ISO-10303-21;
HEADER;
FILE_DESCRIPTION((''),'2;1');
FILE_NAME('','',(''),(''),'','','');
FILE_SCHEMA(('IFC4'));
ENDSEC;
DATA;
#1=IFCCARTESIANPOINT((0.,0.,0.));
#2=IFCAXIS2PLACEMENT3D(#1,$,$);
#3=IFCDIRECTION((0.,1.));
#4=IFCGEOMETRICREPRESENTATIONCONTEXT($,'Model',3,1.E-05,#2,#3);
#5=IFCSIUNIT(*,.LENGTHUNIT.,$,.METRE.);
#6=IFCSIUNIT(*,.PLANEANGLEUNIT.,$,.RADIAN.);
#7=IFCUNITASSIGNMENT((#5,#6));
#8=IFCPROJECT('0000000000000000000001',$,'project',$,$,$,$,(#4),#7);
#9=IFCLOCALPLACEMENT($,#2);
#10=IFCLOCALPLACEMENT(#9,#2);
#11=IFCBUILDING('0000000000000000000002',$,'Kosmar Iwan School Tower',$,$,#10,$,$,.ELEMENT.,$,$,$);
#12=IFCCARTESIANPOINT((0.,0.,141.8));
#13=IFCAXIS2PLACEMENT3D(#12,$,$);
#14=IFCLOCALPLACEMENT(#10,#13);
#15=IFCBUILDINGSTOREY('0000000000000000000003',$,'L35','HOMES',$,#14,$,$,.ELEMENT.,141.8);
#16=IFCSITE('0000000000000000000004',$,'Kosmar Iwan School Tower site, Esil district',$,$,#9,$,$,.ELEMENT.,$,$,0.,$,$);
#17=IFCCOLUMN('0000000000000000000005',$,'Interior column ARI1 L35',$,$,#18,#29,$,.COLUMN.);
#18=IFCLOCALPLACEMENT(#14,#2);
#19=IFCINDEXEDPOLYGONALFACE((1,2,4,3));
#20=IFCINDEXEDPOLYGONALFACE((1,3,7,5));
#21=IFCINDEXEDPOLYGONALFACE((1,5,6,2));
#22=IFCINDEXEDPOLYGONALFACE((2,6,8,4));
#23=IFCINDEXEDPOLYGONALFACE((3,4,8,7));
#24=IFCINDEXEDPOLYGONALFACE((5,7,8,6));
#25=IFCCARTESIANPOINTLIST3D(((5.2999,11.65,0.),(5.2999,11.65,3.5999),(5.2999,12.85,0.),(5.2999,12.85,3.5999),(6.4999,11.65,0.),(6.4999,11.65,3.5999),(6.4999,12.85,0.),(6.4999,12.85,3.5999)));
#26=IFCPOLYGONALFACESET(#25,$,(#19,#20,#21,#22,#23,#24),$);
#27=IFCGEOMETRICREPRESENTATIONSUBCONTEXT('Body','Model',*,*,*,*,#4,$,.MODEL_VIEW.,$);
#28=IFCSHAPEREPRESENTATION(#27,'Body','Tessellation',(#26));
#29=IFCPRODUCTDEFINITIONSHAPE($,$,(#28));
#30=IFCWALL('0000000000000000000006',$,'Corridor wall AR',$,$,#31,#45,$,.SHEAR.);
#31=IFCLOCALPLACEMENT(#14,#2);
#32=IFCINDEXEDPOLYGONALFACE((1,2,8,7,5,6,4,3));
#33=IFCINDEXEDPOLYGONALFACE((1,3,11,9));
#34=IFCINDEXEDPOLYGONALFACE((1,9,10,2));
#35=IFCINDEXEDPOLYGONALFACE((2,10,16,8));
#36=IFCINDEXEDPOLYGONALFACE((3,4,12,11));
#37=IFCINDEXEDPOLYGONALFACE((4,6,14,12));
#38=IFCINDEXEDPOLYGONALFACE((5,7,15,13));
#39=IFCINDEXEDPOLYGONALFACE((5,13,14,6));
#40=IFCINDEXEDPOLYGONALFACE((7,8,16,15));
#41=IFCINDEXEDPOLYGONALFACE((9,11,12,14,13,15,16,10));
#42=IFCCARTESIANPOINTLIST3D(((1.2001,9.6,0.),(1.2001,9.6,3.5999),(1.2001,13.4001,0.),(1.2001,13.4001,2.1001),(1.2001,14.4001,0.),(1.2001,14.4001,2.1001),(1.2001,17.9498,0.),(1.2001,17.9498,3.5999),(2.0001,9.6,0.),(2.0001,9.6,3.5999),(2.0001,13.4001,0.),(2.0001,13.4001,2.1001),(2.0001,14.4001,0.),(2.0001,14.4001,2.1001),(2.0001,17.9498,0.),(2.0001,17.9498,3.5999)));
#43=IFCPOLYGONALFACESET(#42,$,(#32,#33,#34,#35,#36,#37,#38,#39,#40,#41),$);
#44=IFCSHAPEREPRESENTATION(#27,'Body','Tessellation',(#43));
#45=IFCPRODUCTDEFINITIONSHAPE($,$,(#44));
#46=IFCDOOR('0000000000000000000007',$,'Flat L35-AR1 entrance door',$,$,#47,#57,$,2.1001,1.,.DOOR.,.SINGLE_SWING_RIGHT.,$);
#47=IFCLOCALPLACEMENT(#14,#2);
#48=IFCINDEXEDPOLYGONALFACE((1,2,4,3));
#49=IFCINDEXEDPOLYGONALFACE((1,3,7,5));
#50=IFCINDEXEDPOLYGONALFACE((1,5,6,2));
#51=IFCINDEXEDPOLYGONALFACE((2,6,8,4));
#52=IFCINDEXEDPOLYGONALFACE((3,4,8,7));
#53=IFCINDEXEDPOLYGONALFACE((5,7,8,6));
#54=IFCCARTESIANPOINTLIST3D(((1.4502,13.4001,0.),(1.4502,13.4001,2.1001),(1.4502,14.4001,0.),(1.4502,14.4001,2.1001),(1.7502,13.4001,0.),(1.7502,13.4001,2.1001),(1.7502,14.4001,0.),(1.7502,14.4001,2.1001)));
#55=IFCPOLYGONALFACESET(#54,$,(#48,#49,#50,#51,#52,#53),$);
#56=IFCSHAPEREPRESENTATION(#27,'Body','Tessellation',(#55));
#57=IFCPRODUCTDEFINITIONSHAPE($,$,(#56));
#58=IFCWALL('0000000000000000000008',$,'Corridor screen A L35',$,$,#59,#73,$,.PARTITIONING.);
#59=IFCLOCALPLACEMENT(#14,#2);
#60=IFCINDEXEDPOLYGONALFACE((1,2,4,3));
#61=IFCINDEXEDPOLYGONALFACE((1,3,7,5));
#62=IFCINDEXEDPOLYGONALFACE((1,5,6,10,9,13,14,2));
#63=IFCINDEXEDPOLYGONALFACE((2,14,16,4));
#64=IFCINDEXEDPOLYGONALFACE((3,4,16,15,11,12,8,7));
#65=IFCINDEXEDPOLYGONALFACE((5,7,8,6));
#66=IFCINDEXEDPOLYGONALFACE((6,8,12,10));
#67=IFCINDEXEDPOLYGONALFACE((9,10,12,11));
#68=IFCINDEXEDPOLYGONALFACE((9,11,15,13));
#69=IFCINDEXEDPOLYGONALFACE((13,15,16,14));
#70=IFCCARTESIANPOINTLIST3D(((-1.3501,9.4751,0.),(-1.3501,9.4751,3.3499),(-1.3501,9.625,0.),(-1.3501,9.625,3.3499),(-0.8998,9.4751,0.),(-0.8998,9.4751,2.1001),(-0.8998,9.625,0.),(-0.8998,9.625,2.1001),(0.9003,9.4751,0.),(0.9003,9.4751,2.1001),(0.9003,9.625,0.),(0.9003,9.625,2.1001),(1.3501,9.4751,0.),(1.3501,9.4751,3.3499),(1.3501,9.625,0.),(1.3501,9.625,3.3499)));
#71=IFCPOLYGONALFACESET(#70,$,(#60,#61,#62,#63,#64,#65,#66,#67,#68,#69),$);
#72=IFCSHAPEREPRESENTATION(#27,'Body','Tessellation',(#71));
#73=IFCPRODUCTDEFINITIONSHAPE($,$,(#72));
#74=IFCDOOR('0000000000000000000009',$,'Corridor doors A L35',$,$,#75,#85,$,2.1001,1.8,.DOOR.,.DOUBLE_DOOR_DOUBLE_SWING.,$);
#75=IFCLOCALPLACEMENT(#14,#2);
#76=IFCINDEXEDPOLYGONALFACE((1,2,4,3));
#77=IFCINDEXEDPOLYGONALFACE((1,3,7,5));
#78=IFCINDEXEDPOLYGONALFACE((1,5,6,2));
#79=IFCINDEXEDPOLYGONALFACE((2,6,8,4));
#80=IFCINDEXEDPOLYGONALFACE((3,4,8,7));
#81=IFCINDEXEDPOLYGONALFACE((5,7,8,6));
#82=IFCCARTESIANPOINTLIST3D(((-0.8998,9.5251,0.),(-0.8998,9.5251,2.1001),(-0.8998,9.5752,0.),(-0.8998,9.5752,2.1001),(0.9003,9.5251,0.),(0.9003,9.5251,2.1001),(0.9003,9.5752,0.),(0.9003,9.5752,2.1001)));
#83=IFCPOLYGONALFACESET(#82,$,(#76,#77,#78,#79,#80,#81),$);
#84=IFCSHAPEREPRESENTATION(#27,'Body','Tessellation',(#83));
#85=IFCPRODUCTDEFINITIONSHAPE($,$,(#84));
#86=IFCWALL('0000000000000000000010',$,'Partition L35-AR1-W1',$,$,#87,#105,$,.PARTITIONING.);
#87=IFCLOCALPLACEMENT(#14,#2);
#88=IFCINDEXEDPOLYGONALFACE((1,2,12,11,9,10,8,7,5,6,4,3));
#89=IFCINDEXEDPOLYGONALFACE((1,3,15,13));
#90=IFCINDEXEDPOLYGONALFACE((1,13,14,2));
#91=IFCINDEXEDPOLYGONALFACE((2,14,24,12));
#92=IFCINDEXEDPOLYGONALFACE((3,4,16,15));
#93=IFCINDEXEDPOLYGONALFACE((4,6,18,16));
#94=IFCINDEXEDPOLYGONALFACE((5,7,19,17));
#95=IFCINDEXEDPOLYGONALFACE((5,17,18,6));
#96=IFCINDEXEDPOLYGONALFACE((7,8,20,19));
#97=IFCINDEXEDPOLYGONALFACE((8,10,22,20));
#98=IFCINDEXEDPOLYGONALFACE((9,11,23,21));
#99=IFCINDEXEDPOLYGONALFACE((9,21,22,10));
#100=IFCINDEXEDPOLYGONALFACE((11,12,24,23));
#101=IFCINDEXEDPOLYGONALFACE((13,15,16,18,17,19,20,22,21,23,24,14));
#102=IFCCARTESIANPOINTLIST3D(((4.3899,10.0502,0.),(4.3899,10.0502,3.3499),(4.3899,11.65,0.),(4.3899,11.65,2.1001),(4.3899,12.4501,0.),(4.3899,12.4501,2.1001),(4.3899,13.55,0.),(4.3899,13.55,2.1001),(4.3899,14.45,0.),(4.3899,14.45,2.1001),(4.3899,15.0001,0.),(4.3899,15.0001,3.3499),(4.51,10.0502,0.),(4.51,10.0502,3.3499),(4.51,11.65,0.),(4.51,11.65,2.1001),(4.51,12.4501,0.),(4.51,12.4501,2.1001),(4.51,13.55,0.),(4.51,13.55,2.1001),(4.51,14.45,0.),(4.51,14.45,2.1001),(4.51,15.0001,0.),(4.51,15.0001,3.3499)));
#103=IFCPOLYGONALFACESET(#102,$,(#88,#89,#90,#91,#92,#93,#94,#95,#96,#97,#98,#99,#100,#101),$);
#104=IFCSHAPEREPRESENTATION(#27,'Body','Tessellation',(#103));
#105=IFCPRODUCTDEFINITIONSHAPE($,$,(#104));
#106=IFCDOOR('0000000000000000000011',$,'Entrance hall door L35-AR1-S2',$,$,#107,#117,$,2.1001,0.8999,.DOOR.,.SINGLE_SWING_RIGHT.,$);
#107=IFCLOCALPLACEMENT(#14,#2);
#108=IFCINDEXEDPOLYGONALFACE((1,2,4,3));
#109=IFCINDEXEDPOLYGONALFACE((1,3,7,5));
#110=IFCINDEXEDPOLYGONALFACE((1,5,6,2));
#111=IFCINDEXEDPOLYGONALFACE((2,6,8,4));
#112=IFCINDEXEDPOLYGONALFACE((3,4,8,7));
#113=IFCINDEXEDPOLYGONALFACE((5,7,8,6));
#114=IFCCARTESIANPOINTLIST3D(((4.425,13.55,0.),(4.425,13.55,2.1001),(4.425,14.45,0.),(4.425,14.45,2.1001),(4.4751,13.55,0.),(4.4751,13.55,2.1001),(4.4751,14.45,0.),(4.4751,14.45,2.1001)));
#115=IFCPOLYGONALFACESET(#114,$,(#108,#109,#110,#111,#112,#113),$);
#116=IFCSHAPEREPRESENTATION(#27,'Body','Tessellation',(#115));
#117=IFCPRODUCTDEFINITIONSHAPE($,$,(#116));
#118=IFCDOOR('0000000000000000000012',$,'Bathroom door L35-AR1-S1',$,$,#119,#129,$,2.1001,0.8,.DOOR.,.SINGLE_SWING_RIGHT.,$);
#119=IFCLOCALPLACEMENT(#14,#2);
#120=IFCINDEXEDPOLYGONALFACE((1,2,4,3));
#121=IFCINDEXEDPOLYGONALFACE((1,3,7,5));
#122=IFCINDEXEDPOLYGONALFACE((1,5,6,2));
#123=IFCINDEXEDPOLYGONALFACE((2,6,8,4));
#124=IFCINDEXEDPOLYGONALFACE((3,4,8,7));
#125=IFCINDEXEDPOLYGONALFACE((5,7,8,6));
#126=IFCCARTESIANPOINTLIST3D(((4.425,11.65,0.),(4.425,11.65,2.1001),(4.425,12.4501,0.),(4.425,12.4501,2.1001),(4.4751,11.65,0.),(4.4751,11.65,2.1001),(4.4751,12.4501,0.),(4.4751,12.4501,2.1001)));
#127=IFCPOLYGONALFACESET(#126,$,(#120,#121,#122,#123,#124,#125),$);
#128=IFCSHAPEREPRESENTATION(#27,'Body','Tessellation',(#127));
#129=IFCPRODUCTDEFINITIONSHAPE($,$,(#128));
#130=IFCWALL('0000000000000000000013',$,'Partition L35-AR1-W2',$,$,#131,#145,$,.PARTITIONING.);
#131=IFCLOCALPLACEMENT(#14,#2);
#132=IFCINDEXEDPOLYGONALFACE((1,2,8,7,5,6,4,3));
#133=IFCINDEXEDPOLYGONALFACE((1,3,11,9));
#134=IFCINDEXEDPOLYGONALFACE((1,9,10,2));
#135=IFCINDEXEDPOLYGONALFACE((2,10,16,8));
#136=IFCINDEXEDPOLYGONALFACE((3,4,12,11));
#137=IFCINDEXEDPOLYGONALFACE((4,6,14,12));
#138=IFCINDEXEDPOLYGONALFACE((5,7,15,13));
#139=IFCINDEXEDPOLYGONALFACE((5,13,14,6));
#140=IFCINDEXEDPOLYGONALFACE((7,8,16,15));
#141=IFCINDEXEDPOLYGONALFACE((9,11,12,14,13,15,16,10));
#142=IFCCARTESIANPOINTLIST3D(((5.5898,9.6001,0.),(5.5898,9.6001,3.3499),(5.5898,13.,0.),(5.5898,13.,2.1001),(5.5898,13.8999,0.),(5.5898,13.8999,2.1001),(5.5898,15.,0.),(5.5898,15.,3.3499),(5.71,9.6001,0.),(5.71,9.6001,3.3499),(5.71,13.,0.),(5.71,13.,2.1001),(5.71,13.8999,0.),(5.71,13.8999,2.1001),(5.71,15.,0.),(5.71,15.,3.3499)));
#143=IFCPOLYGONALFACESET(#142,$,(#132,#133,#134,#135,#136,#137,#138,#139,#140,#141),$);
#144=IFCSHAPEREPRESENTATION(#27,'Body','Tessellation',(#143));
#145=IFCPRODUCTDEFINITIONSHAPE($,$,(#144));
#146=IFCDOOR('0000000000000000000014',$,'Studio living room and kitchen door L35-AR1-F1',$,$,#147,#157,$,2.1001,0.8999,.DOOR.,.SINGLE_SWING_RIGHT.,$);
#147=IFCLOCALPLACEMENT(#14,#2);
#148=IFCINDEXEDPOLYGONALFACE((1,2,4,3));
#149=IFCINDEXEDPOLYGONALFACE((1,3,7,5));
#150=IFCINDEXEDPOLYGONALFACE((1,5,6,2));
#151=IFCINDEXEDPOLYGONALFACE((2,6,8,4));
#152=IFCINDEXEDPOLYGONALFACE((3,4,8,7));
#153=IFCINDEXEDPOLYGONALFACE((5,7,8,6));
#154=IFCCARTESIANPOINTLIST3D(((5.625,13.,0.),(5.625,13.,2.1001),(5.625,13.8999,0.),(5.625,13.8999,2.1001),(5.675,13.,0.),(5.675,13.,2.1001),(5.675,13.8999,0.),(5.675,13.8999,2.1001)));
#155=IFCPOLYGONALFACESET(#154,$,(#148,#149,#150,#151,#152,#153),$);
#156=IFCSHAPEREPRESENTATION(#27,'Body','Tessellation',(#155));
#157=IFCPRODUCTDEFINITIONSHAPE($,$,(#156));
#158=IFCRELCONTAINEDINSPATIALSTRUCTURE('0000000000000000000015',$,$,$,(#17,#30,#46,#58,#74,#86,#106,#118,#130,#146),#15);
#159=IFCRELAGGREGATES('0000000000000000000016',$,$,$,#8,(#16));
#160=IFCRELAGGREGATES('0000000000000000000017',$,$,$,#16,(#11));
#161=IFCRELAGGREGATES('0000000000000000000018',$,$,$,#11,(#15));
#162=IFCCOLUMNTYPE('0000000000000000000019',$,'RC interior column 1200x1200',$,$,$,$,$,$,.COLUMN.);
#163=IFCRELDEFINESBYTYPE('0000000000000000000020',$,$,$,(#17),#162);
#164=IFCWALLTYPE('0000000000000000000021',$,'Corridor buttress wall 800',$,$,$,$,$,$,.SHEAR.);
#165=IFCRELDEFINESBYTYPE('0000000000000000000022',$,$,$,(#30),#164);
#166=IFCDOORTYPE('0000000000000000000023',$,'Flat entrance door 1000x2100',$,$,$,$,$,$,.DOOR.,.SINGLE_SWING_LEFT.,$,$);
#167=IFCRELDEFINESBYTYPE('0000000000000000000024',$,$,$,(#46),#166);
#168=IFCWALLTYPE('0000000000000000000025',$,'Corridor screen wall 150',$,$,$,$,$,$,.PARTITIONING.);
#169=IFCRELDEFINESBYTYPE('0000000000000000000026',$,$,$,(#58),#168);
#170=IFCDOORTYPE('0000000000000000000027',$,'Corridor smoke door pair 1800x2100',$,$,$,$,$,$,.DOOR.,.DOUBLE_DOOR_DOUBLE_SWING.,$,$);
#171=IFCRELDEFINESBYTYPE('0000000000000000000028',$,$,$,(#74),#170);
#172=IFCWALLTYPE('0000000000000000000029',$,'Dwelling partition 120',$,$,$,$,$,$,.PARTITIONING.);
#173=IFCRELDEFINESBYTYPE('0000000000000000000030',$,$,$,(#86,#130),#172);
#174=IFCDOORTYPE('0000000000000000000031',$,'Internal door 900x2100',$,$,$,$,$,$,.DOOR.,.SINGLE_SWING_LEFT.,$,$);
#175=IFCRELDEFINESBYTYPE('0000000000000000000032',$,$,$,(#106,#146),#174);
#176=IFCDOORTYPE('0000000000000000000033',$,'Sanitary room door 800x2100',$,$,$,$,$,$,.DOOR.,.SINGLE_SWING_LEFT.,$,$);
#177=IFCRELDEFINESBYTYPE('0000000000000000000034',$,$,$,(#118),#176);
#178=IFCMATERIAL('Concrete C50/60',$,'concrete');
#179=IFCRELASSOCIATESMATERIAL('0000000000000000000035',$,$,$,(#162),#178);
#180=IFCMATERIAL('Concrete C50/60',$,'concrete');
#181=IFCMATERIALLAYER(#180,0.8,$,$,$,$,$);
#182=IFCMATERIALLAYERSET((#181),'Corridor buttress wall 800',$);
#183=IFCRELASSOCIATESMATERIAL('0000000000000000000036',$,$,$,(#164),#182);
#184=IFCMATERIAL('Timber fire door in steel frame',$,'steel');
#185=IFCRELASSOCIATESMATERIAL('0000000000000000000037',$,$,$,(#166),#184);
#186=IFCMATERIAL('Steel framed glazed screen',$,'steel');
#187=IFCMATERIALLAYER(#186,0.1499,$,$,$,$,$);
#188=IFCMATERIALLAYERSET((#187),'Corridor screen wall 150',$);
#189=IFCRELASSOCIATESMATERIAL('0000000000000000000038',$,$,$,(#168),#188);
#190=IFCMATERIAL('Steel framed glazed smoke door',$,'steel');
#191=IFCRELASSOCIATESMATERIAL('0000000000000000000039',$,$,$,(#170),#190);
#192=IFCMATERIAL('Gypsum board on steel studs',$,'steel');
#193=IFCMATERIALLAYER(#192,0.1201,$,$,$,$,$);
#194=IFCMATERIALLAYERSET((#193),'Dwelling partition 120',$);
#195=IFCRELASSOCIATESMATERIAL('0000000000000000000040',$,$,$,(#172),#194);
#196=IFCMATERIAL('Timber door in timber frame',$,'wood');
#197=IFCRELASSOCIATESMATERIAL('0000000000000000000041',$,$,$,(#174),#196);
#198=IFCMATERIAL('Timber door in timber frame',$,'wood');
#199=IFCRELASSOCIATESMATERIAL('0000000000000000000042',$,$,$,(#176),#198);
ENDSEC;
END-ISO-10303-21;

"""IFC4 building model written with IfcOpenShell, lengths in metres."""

from ifc_helpers import new_model, si_unit, direction, frame, frame_2d, origin, origin_2d, place, context, subcontext, project, spatial, rectangle, extrude, material, layer, layer_set, material_profile, profile_set, type_object, element, fill, save


model = new_model("IFC4")

# Units and contexts
model_context = context("Model", 3, precision=1e-05, world=origin(), true_north=direction((0.0, 1.0)))
body_context = subcontext(model_context, "Body", "Model", "MODEL_VIEW")
ifc_project = project(units=[si_unit("LENGTHUNIT", "METRE"), si_unit("PLANEANGLEUNIT", "RADIAN")], contexts=[model_context])

# Site, building, storey
site_placement = place(None, origin())
site = spatial("IfcSite", under=ifc_project, at=site_placement, Name="Kosmar Iwan School Tower site, Esil district", CompositionType="ELEMENT", RefElevation=0.0)
building_placement = place(site_placement, origin())
building = spatial("IfcBuilding", under=site, at=building_placement, Name="Kosmar Iwan School Tower", CompositionType="ELEMENT")
storey_placement = place(building_placement, frame((0.0, 0.0, 141.8)))
storey = spatial("IfcBuildingStorey", under=building, at=storey_placement, Name="L35", Description="HOMES", CompositionType="ELEMENT", Elevation=141.8)

# Column
ifc_material_1 = material(Name="Concrete C50/60", Category="concrete")
ifc_material_profile = material_profile(ifc_material_1, rectangle(XDim=1.2, YDim=1.2, at=origin_2d()), Name="RC 1200x1200")
ifc_profile_set = profile_set([ifc_material_profile], Name="Concrete C50/60")
column_type = type_object("IfcColumnType", Name="RC interior column 1200x1200", PredefinedType="COLUMN", material=ifc_profile_set)
column_placement = place(storey_placement, frame((5.8999, 12.25, 0.0), z_axis=(0.0, 0.0, 1.0), x_axis=(0.0, 1.0, 0.0)))
element("IfcColumn", 1, at=column_placement, inside=storey, type_object=column_type, Name="Interior column ARI1 L35", PredefinedType="COLUMN", context=body_context, shape_type="SweptSolid", body=[
    extrude(rectangle(XDim=1.2, YDim=1.2, at=origin_2d()), origin(), (0.0, 0.0, 1.0), 3.5999),
])

# Walls, openings, doors
ifc_material_2 = material(Name="Concrete C50/60", Category="concrete")
ifc_layer_1 = layer(ifc_material_2, 0.8)
ifc_layer_set_1 = layer_set([ifc_layer_1], Name="Corridor buttress wall 800")
wall_type_1 = type_object("IfcWallType", Name="Corridor buttress wall 800", PredefinedType="SHEAR", material=ifc_layer_set_1)
wall_1_placement = place(storey_placement, frame((1.6001, 9.6001, 0.0), z_axis=(0.0, 0.0, 1.0), x_axis=(0.0, 1.0, 0.0)))
wall_1 = element("IfcWall", 2, at=wall_1_placement, inside=storey, type_object=wall_type_1, Name="Corridor wall AR", PredefinedType="SHEAR", context=body_context, shape_type="SweptSolid", body=[
    extrude(rectangle(XDim=8.3499, YDim=0.8, at=frame_2d((4.1748, 0.0))), origin(), (0.0, 0.0, 1.0), 3.5999),
])
opening_1_placement = place(wall_1_placement, frame((3.8, 0.0, 0.0)))
opening_1 = element("IfcOpeningElement", 3, at=opening_1_placement, cuts=wall_1, PredefinedType="OPENING", context=body_context, shape_type="SweptSolid", body=[
    extrude(rectangle(XDim=1.0, YDim=2.1001, at=frame_2d((0.5, 1.05))), frame((0.0, 0.4121, 0.0), z_axis=(0.0, -1.0, 0.0), x_axis=(1.0, 0.0, 0.0)), (0.0, 0.0, 1.0), 0.824),
])
ifc_material_3 = material(Name="Timber fire door in steel frame", Category="steel")
door_type_1 = type_object("IfcDoorType", Name="Flat entrance door 1000x2100", OperationType="SINGLE_SWING_LEFT", PredefinedType="DOOR", material=ifc_material_3)
door_1_placement = place(opening_1_placement, origin())
door_1 = element("IfcDoor", 4, at=door_1_placement, inside=storey, type_object=door_type_1, Name="Flat L35-AR1 entrance door", OperationType="SINGLE_SWING_RIGHT", OverallHeight=2.1001, OverallWidth=1.0, PredefinedType="DOOR", context=body_context, shape_type="SweptSolid", body=[
    extrude(rectangle(XDim=1.0, YDim=2.1001, at=frame_2d((0.5, 1.05))), frame((0.0, 0.1499, 0.0), z_axis=(0.0, -1.0, 0.0), x_axis=(1.0, 0.0, 0.0)), (0.0, 0.0, 1.0), 0.3),
])
fill(opening_1, door_1)
ifc_material_4 = material(Name="Steel framed glazed screen", Category="steel")
ifc_layer_2 = layer(ifc_material_4, 0.1499)
ifc_layer_set_2 = layer_set([ifc_layer_2], Name="Corridor screen wall 150")
wall_type_2 = type_object("IfcWallType", Name="Corridor screen wall 150", PredefinedType="PARTITIONING", material=ifc_layer_set_2)
wall_2_placement = place(storey_placement, frame((1.3501, 9.55, 0.0), z_axis=(0.0, 0.0, 1.0), x_axis=(-1.0, 0.0, 0.0)))
wall_2 = element("IfcWall", 5, at=wall_2_placement, inside=storey, type_object=wall_type_2, Name="Corridor screen A L35", PredefinedType="PARTITIONING", context=body_context, shape_type="SweptSolid", body=[
    extrude(rectangle(XDim=2.7002, YDim=0.1499, at=frame_2d((1.3501, 0.0))), origin(), (0.0, 0.0, 1.0), 3.3499),
])
opening_2_placement = place(wall_2_placement, frame((0.45, 0.0, 0.0)))
opening_2 = element("IfcOpeningElement", 6, at=opening_2_placement, cuts=wall_2, PredefinedType="OPENING", context=body_context, shape_type="SweptSolid", body=[
    extrude(rectangle(XDim=1.8, YDim=2.1001, at=frame_2d((0.8999, 1.05))), frame((0.0, 0.0869, 0.0), z_axis=(0.0, -1.0, 0.0), x_axis=(1.0, 0.0, 0.0)), (0.0, 0.0, 1.0), 0.1738),
])
ifc_material_5 = material(Name="Steel framed glazed smoke door", Category="steel")
door_type_2 = type_object("IfcDoorType", Name="Corridor smoke door pair 1800x2100", OperationType="DOUBLE_DOOR_DOUBLE_SWING", PredefinedType="DOOR", material=ifc_material_5)
door_2_placement = place(opening_2_placement, origin())
door_2 = element("IfcDoor", 7, at=door_2_placement, inside=storey, type_object=door_type_2, Name="Corridor doors A L35", OperationType="DOUBLE_DOOR_DOUBLE_SWING", OverallHeight=2.1001, OverallWidth=1.8, PredefinedType="DOOR", context=body_context, shape_type="SweptSolid", body=[
    extrude(rectangle(XDim=1.8, YDim=2.1001, at=frame_2d((0.8999, 1.05))), frame((0.0, 0.0249, 0.0), z_axis=(0.0, -1.0, 0.0), x_axis=(1.0, 0.0, 0.0)), (0.0, 0.0, 1.0), 0.05),
])
fill(opening_2, door_2)

# Wall, openings, doors
ifc_material_6 = material(Name="Gypsum board on steel studs", Category="steel")
ifc_layer_3 = layer(ifc_material_6, 0.1201)
ifc_layer_set_3 = layer_set([ifc_layer_3], Name="Dwelling partition 120")
wall_type_3 = type_object("IfcWallType", Name="Dwelling partition 120", PredefinedType="PARTITIONING", material=ifc_layer_set_3)
wall_3_placement = place(storey_placement, frame((4.45, 10.05, 0.0), z_axis=(0.0, 0.0, 1.0), x_axis=(0.0, 1.0, 0.0)))
wall_3 = element("IfcWall", 8, at=wall_3_placement, inside=storey, type_object=wall_type_3, Name="Partition L35-AR1-W1", PredefinedType="PARTITIONING", context=body_context, shape_type="SweptSolid", body=[
    extrude(rectangle(XDim=4.95, YDim=0.1201, at=frame_2d((2.4751, 0.0))), origin(), (0.0, 0.0, 1.0), 3.3499),
])
opening_3_placement = place(wall_3_placement, frame((1.6001, 0.0, 0.0)))
opening_3 = element("IfcOpeningElement", 9, at=opening_3_placement, cuts=wall_3, PredefinedType="OPENING", context=body_context, shape_type="SweptSolid", body=[
    extrude(rectangle(XDim=0.8, YDim=2.1001, at=frame_2d((0.3999, 1.05))), frame((0.0, 0.072, 0.0), z_axis=(0.0, -1.0, 0.0), x_axis=(1.0, 0.0, 0.0)), (0.0, 0.0, 1.0), 0.144),
])
opening_4_placement = place(wall_3_placement, frame((3.5, 0.0, 0.0)))
opening_4 = element("IfcOpeningElement", 10, at=opening_4_placement, cuts=wall_3, PredefinedType="OPENING", context=body_context, shape_type="SweptSolid", body=[
    extrude(rectangle(XDim=0.8999, YDim=2.1001, at=frame_2d((0.45, 1.05))), frame((0.0, 0.072, 0.0), z_axis=(0.0, -1.0, 0.0), x_axis=(1.0, 0.0, 0.0)), (0.0, 0.0, 1.0), 0.144),
])
ifc_material_7 = material(Name="Timber door in timber frame", Category="wood")
door_type_3 = type_object("IfcDoorType", Name="Internal door 900x2100", OperationType="SINGLE_SWING_LEFT", PredefinedType="DOOR", material=ifc_material_7)
door_3_placement = place(opening_4_placement, origin())
door_3 = element("IfcDoor", 11, at=door_3_placement, inside=storey, type_object=door_type_3, Name="Entrance hall door L35-AR1-S2", OperationType="SINGLE_SWING_RIGHT", OverallHeight=2.1001, OverallWidth=0.8999, PredefinedType="DOOR", context=body_context, shape_type="SweptSolid", body=[
    extrude(rectangle(XDim=0.8999, YDim=2.1001, at=frame_2d((0.45, 1.05))), frame((0.0, 0.0249, 0.0), z_axis=(0.0, -1.0, 0.0), x_axis=(1.0, 0.0, 0.0)), (0.0, 0.0, 1.0), 0.05),
])
fill(opening_4, door_3)
ifc_material_8 = material(Name="Timber door in timber frame", Category="wood")
door_type_4 = type_object("IfcDoorType", Name="Sanitary room door 800x2100", OperationType="SINGLE_SWING_LEFT", PredefinedType="DOOR", material=ifc_material_8)
door_4_placement = place(opening_3_placement, origin())
door_4 = element("IfcDoor", 12, at=door_4_placement, inside=storey, type_object=door_type_4, Name="Bathroom door L35-AR1-S1", OperationType="SINGLE_SWING_RIGHT", OverallHeight=2.1001, OverallWidth=0.8, PredefinedType="DOOR", context=body_context, shape_type="SweptSolid", body=[
    extrude(rectangle(XDim=0.8, YDim=2.1001, at=frame_2d((0.3999, 1.05))), frame((0.0, 0.0249, 0.0), z_axis=(0.0, -1.0, 0.0), x_axis=(1.0, 0.0, 0.0)), (0.0, 0.0, 1.0), 0.05),
])
fill(opening_3, door_4)

# Wall, opening, door
wall_4_placement = place(storey_placement, frame((5.6499, 9.6001, 0.0), z_axis=(0.0, 0.0, 1.0), x_axis=(0.0, 1.0, 0.0)))
wall_4 = element("IfcWall", 13, at=wall_4_placement, inside=storey, type_object=wall_type_3, Name="Partition L35-AR1-W2", PredefinedType="PARTITIONING", context=body_context, shape_type="SweptSolid", body=[
    extrude(rectangle(XDim=5.3999, YDim=0.1201, at=frame_2d((2.7, 0.0))), origin(), (0.0, 0.0, 1.0), 3.3499),
])
opening_5_placement = place(wall_4_placement, frame((3.3999, 0.0, 0.0)))
opening_5 = element("IfcOpeningElement", 14, at=opening_5_placement, cuts=wall_4, PredefinedType="OPENING", context=body_context, shape_type="SweptSolid", body=[
    extrude(rectangle(XDim=0.8999, YDim=2.1001, at=frame_2d((0.45, 1.05))), frame((0.0, 0.072, 0.0), z_axis=(0.0, -1.0, 0.0), x_axis=(1.0, 0.0, 0.0)), (0.0, 0.0, 1.0), 0.144),
])
door_5_placement = place(opening_5_placement, origin())
door_5 = element("IfcDoor", 15, at=door_5_placement, inside=storey, type_object=door_type_3, Name="Studio living room and kitchen door L35-AR1-F1", OperationType="SINGLE_SWING_RIGHT", OverallHeight=2.1001, OverallWidth=0.8999, PredefinedType="DOOR", context=body_context, shape_type="SweptSolid", body=[
    extrude(rectangle(XDim=0.8999, YDim=2.1001, at=frame_2d((0.45, 1.05))), frame((0.0, 0.0249, 0.0), z_axis=(0.0, -1.0, 0.0), x_axis=(1.0, 0.0, 0.0)), (0.0, 0.0, 1.0), 0.05),
])
fill(opening_5, door_5)

save(model, "model.ifc")
